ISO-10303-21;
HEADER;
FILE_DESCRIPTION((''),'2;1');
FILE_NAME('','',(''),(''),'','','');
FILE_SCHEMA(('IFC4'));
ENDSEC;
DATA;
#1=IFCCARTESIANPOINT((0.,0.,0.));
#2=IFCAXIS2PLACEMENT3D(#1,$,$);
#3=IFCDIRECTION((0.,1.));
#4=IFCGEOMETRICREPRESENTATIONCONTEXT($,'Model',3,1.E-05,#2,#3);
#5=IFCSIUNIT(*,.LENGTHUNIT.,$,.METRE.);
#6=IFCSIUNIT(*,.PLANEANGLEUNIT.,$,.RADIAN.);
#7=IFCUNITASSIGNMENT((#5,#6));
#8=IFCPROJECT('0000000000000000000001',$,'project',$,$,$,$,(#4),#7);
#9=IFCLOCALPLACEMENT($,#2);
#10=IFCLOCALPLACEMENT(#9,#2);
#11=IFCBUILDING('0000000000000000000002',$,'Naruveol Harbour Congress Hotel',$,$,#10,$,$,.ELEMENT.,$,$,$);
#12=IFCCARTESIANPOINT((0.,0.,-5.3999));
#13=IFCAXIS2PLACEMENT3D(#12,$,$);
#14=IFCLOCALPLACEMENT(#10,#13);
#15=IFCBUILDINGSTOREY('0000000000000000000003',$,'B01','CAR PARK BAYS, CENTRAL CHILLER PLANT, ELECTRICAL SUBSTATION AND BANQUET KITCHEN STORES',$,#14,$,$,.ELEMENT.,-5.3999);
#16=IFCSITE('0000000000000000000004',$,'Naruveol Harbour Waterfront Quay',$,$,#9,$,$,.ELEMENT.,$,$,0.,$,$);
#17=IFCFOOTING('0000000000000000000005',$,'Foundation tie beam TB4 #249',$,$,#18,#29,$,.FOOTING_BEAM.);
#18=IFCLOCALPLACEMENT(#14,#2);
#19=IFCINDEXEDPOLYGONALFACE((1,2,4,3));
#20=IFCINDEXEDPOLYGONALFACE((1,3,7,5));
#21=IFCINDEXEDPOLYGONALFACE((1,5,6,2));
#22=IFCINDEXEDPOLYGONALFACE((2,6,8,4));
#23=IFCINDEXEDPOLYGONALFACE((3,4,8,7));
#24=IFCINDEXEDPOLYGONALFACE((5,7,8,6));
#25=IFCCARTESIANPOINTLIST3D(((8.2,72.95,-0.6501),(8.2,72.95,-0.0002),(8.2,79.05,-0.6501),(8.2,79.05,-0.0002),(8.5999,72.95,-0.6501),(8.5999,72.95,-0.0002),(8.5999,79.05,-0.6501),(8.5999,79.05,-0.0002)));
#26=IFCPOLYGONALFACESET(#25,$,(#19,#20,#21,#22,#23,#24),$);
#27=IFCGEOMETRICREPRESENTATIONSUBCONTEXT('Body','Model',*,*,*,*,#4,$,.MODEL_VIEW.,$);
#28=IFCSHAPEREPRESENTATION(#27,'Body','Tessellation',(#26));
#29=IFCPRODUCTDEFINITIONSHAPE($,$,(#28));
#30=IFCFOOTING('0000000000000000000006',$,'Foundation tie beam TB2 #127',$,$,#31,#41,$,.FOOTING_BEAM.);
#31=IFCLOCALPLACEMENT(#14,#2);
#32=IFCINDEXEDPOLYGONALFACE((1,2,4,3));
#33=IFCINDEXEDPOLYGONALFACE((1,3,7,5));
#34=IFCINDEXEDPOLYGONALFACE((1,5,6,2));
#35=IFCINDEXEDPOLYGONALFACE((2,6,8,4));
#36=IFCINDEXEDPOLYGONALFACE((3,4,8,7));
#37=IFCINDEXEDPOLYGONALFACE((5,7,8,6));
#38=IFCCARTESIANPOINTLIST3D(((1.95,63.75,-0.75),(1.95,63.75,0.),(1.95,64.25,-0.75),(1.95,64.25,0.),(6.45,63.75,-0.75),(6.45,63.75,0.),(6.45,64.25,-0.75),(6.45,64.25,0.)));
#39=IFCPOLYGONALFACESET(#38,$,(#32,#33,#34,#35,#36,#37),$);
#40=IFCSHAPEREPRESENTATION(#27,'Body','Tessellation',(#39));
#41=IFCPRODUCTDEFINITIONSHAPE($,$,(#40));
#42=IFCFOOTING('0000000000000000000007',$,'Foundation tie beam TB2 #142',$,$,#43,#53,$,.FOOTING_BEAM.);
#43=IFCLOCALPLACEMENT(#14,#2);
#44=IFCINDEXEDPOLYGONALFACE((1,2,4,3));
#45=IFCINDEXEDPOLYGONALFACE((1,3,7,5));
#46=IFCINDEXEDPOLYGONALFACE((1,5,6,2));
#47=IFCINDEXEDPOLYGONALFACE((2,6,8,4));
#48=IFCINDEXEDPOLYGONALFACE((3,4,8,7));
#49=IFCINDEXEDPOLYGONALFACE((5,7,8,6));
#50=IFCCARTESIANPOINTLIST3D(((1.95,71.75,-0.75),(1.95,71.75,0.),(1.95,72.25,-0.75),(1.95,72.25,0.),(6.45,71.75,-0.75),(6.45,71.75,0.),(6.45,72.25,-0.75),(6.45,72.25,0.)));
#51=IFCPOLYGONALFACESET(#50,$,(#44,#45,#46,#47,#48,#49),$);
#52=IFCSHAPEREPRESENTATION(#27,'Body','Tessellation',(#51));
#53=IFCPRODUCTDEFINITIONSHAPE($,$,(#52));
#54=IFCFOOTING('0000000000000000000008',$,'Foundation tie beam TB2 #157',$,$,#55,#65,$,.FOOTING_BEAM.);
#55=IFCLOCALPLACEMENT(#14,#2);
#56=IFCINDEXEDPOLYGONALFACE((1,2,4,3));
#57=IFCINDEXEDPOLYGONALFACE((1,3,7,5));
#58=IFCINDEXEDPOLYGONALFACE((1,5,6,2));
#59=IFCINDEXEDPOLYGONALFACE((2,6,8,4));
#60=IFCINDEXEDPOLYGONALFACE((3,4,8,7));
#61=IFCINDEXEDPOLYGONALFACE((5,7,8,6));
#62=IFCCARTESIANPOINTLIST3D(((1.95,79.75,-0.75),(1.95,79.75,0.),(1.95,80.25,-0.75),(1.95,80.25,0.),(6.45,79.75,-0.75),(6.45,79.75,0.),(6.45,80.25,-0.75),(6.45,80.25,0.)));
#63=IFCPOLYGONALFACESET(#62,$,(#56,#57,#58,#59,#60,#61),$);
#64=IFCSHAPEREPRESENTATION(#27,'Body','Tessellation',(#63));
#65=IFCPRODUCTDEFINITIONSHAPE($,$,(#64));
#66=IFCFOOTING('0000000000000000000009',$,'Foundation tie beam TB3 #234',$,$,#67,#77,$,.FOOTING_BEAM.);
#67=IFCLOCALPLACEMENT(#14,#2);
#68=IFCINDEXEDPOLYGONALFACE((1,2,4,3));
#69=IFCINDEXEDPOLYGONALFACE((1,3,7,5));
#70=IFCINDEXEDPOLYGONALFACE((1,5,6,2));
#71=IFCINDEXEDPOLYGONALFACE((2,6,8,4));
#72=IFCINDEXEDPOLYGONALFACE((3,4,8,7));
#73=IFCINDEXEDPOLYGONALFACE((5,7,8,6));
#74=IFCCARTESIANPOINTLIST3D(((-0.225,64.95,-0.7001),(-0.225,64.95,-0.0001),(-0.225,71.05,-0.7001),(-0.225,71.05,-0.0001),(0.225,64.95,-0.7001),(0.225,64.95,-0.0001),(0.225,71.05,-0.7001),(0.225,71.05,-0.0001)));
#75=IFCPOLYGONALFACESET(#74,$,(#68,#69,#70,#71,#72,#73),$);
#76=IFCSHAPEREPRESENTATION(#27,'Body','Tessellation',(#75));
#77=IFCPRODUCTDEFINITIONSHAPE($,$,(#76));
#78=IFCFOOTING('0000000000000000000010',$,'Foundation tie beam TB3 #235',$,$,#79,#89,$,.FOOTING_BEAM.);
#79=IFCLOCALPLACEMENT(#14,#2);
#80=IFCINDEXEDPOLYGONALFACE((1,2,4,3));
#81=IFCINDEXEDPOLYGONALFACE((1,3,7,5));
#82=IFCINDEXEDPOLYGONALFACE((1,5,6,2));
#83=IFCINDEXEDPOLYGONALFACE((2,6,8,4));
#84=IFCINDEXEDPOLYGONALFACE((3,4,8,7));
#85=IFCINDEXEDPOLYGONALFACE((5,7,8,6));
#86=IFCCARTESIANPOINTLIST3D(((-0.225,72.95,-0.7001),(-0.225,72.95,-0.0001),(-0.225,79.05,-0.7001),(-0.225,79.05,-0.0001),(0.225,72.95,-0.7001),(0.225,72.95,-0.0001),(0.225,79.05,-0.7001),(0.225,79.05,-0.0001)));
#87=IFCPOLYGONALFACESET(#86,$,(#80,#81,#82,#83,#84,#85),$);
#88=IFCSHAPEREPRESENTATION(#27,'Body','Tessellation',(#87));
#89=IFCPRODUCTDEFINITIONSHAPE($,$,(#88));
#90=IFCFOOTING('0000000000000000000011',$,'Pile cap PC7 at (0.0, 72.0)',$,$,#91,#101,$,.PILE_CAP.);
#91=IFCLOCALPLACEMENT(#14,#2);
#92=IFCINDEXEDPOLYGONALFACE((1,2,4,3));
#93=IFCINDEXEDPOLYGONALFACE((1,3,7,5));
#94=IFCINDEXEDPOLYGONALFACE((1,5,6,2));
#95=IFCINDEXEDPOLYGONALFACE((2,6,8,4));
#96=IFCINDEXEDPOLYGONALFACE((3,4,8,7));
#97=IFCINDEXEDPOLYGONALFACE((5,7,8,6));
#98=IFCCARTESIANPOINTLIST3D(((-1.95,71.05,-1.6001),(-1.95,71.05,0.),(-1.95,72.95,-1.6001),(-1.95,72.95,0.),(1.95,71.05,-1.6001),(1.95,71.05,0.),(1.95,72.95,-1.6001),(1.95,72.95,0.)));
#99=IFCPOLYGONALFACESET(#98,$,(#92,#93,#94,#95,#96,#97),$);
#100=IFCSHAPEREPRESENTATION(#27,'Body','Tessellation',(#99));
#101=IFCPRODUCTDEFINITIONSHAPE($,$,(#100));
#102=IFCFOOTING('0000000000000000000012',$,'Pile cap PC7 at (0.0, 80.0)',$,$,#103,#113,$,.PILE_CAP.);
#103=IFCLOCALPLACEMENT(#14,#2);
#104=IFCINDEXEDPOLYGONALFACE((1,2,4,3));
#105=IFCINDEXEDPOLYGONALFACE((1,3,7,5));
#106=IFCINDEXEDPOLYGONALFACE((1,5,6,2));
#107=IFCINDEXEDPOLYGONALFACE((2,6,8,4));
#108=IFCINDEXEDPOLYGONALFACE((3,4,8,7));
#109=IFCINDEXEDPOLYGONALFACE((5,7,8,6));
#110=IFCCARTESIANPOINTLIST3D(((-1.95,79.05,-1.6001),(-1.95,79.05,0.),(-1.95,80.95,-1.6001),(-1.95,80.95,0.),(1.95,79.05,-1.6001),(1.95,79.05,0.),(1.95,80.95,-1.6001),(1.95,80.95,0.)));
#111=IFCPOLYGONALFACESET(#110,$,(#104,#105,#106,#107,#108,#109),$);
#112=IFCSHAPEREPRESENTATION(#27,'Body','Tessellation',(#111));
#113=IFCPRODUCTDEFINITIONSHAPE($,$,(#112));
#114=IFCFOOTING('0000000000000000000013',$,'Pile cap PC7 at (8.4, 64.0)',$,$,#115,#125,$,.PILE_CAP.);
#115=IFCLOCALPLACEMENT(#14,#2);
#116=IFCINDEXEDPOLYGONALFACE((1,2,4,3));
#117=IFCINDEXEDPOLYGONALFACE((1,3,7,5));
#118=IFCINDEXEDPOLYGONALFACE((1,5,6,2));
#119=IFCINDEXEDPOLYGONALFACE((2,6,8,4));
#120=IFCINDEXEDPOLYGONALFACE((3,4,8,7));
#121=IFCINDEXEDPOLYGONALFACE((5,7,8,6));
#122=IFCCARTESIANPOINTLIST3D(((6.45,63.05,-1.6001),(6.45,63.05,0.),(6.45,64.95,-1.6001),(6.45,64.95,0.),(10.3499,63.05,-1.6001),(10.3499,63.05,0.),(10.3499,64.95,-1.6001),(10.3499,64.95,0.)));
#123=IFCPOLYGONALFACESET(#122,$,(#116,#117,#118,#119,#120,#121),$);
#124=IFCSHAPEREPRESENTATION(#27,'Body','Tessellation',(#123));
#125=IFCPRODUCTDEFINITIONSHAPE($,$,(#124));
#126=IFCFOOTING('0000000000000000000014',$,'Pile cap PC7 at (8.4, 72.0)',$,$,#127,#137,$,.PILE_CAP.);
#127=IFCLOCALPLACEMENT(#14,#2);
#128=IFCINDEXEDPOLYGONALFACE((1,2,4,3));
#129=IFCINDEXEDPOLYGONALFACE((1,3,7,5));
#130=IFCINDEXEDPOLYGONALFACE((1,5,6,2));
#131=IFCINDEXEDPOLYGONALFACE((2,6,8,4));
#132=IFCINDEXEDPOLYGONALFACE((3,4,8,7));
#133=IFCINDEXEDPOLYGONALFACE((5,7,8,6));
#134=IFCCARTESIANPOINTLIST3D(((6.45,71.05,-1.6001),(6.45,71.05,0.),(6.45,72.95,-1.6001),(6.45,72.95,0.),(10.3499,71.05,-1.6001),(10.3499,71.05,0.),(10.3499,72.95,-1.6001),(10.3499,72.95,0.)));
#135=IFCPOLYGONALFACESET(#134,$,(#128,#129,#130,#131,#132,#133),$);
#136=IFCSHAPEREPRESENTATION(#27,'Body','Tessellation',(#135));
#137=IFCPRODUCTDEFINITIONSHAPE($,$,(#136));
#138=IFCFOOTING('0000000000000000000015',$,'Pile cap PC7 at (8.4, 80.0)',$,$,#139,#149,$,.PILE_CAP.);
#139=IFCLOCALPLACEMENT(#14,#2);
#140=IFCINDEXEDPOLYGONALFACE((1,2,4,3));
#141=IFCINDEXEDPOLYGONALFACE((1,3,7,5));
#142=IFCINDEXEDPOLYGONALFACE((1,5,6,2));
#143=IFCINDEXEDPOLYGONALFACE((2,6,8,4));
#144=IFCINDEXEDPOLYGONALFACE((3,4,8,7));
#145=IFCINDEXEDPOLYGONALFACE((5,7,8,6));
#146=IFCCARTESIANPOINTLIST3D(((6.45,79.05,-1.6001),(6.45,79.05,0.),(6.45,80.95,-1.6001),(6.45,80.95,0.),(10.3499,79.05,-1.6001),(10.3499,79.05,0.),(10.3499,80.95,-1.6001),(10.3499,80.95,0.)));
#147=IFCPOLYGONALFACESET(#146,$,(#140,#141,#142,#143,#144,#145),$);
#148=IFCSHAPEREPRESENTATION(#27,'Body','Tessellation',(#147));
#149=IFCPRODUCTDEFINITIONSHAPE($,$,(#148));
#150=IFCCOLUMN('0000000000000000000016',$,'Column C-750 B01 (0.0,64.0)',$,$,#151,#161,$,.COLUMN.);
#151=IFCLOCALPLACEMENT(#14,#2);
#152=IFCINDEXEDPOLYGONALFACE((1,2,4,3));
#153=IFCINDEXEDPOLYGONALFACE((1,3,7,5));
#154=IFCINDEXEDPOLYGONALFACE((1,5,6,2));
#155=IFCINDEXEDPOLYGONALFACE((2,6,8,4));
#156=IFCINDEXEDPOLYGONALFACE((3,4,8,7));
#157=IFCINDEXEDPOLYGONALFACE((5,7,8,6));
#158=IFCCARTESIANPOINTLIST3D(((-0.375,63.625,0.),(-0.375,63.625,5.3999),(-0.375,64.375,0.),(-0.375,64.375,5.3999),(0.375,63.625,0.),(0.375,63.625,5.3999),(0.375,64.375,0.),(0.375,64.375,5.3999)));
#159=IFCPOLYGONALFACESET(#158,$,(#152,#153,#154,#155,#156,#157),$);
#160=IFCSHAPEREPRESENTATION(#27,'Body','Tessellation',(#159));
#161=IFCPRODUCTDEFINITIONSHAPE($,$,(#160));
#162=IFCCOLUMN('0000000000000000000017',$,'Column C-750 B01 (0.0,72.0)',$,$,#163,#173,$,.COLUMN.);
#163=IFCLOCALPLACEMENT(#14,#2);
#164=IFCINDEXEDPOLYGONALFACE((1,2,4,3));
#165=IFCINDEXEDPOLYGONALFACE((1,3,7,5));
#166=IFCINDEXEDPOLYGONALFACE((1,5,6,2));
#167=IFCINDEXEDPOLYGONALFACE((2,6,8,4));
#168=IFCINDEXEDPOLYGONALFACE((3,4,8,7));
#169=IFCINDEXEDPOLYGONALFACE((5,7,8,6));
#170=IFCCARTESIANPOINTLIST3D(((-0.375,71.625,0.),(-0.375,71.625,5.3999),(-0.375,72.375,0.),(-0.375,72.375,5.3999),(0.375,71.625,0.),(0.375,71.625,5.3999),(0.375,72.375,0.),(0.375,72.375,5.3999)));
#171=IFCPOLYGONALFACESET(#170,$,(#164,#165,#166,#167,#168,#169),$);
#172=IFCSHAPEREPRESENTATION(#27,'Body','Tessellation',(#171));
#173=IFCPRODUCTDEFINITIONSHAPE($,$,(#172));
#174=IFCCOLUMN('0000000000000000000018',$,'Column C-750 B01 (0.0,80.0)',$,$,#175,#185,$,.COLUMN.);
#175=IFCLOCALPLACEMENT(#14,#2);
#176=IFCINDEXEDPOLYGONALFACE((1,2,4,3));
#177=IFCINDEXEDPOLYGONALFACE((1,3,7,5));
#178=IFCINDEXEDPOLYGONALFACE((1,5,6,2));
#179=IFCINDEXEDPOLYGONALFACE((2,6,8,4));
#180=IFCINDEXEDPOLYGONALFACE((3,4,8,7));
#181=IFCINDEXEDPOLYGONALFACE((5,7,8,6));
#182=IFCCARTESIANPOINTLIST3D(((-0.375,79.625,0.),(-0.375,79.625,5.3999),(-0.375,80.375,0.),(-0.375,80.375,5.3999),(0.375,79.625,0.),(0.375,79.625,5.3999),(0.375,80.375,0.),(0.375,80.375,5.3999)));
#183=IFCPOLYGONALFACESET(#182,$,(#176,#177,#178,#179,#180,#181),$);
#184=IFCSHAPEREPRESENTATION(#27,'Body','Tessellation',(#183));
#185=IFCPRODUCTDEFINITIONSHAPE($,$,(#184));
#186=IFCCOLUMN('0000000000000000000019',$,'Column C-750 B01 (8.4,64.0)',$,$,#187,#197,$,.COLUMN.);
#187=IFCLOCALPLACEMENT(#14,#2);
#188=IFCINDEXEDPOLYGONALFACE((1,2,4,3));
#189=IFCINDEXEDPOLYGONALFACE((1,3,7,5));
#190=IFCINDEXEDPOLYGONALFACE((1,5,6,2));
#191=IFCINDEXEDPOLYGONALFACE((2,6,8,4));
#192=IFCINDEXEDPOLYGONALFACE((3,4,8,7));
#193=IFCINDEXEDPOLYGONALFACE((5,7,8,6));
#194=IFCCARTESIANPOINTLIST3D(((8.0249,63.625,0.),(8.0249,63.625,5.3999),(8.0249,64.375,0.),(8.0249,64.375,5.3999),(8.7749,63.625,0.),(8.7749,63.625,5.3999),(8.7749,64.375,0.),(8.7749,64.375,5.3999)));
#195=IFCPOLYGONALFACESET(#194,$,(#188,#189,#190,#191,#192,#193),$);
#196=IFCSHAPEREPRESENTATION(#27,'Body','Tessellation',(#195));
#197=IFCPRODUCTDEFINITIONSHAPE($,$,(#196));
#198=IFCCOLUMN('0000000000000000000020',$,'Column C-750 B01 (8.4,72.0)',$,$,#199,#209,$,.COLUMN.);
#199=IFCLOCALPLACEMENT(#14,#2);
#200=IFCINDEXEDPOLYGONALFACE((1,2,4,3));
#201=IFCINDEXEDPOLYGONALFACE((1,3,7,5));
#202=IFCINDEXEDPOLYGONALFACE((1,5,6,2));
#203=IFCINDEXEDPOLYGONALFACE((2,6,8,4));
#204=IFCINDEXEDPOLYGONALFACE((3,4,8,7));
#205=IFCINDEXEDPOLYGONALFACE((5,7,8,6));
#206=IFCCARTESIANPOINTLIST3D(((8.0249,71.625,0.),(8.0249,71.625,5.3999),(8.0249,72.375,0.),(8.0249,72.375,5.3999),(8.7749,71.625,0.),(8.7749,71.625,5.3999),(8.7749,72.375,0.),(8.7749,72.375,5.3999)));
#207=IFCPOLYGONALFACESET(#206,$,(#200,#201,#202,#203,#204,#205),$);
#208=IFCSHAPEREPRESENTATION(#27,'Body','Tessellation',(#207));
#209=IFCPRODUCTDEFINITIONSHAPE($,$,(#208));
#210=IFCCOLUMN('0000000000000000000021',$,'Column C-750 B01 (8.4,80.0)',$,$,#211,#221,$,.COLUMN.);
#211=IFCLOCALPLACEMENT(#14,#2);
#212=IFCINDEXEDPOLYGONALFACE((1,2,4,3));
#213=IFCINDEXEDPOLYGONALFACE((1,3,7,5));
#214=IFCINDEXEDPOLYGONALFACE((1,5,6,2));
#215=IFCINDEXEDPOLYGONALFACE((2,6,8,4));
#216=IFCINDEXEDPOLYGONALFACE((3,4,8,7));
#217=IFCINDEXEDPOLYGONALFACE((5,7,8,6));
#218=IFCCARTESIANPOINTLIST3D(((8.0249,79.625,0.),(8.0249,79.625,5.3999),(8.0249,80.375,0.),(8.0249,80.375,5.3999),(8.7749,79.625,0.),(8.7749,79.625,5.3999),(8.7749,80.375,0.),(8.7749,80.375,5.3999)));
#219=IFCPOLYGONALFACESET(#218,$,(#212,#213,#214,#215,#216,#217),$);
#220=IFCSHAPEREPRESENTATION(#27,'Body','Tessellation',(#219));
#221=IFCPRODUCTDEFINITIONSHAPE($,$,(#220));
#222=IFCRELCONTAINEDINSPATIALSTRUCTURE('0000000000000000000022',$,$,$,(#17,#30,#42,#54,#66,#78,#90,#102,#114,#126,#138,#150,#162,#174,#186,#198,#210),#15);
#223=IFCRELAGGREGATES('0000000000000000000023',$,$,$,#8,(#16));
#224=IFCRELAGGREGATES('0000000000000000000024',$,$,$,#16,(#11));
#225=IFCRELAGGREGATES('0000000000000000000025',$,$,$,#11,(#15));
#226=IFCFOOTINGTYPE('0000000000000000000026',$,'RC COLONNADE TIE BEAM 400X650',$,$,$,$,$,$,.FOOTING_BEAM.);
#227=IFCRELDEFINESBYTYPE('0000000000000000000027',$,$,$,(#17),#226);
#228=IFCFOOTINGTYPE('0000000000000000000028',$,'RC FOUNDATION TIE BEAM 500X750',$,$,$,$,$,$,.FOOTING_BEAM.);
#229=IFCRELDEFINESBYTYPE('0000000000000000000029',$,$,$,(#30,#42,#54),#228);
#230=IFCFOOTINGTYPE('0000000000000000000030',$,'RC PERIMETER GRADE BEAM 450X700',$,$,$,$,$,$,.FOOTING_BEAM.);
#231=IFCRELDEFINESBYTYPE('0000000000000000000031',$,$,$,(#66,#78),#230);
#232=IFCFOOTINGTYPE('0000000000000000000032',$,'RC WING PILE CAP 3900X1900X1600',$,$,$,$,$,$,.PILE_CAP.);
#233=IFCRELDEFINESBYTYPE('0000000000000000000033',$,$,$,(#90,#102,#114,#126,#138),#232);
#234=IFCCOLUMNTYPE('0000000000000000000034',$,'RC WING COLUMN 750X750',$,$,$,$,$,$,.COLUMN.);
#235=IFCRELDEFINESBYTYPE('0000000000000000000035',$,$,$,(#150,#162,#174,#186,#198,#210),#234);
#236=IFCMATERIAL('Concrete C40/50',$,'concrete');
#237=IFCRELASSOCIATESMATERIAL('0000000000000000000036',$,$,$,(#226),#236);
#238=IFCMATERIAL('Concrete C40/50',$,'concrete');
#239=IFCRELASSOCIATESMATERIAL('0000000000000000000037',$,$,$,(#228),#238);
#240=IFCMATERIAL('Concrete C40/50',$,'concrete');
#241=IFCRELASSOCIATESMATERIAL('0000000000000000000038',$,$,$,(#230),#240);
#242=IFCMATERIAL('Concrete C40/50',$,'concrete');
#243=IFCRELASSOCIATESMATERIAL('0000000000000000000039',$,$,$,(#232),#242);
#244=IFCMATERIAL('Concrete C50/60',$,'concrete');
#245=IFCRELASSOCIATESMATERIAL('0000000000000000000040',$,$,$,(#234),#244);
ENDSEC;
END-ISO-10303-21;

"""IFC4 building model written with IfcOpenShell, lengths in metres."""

from ifc_helpers import new_model, si_unit, direction, frame, origin, origin_2d, place, context, subcontext, project, spatial, rectangle, extrude, material, material_profile, profile_set, type_object, element, save


model = new_model("IFC4")

# Units and contexts
model_context = context("Model", 3, precision=1e-05, world=origin(), true_north=direction((0.0, 1.0)))
body_context = subcontext(model_context, "Body", "Model", "MODEL_VIEW")
ifc_project = project(units=[si_unit("LENGTHUNIT", "METRE"), si_unit("PLANEANGLEUNIT", "RADIAN")], contexts=[model_context])

# Site, building, storey
site_placement = place(None, origin())
site = spatial("IfcSite", under=ifc_project, at=site_placement, Name="Naruveol Harbour Waterfront Quay", CompositionType="ELEMENT", RefElevation=0.0)
building_placement = place(site_placement, origin())
building = spatial("IfcBuilding", under=site, at=building_placement, Name="Naruveol Harbour Congress Hotel", CompositionType="ELEMENT")
storey_placement = place(building_placement, frame((0.0, 0.0, -5.3999)))
storey = spatial("IfcBuildingStorey", under=building, at=storey_placement, Name="B01", Description="CAR PARK BAYS, CENTRAL CHILLER PLANT, ELECTRICAL SUBSTATION AND BANQUET KITCHEN STORES", CompositionType="ELEMENT", Elevation=-5.3999)

# Footings
ifc_material_1 = material(Name="Concrete C40/50", Category="concrete")
ifc_material_profile_1 = material_profile(ifc_material_1, rectangle(XDim=0.3999, YDim=0.6499, at=origin_2d()), Name="RCB-400x650")
ifc_profile_set_1 = profile_set([ifc_material_profile_1], Name="Concrete C40/50")
footing_type_1 = type_object("IfcFootingType", Name="RC COLONNADE TIE BEAM 400X650", PredefinedType="FOOTING_BEAM", material=ifc_profile_set_1)
for number, where, z_axis, x_axis, name in (
    (1, (8.3999, 72.95, -0.3252), (0.0, 1.0, 0.0), (-1.0, 0.0, 0.0), "Foundation tie beam TB4 #249"),
):
    element("IfcFooting", number, at=place(storey_placement, frame(where, z_axis=z_axis, x_axis=x_axis)), inside=storey, type_object=footing_type_1, Name=name, PredefinedType="FOOTING_BEAM", context=body_context, shape_type="SweptSolid", body=[
        extrude(rectangle(XDim=0.3999, YDim=0.6499, at=origin_2d()), origin(), (0.0, 0.0, 1.0), 6.1001),
    ])
ifc_material_2 = material(Name="Concrete C40/50", Category="concrete")
ifc_material_profile_2 = material_profile(ifc_material_2, rectangle(XDim=0.5, YDim=0.75, at=origin_2d()), Name="RCB-500x750")
ifc_profile_set_2 = profile_set([ifc_material_profile_2], Name="Concrete C40/50")
footing_type_2 = type_object("IfcFootingType", Name="RC FOUNDATION TIE BEAM 500X750", PredefinedType="FOOTING_BEAM", material=ifc_profile_set_2)
for number, where, z_axis, x_axis, name in (
    (2, (1.95, 64.0, -0.375), (1.0, 0.0, 0.0), (0.0, 1.0, 0.0), "Foundation tie beam TB2 #127"),
    (3, (1.95, 72.0, -0.375), (1.0, 0.0, 0.0), (0.0, 1.0, 0.0), "Foundation tie beam TB2 #142"),
    (4, (1.95, 80.0, -0.375), (1.0, 0.0, 0.0), (0.0, 1.0, 0.0), "Foundation tie beam TB2 #157"),
):
    element("IfcFooting", number, at=place(storey_placement, frame(where, z_axis=z_axis, x_axis=x_axis)), inside=storey, type_object=footing_type_2, Name=name, PredefinedType="FOOTING_BEAM", context=body_context, shape_type="SweptSolid", body=[
        extrude(rectangle(XDim=0.5, YDim=0.75, at=origin_2d()), origin(), (0.0, 0.0, 1.0), 4.5),
    ])
ifc_material_3 = material(Name="Concrete C40/50", Category="concrete")
ifc_material_profile_3 = material_profile(ifc_material_3, rectangle(XDim=0.45, YDim=0.7, at=origin_2d()), Name="RCB-450x700")
ifc_profile_set_3 = profile_set([ifc_material_profile_3], Name="Concrete C40/50")
footing_type_3 = type_object("IfcFootingType", Name="RC PERIMETER GRADE BEAM 450X700", PredefinedType="FOOTING_BEAM", material=ifc_profile_set_3)
for number, where, z_axis, x_axis, name in (
    (5, (0.0, 64.95, -0.3501), (0.0, 1.0, 0.0), (-1.0, 0.0, 0.0), "Foundation tie beam TB3 #234"),
    (6, (0.0, 72.95, -0.3501), (0.0, 1.0, 0.0), (-1.0, 0.0, 0.0), "Foundation tie beam TB3 #235"),
):
    element("IfcFooting", number, at=place(storey_placement, frame(where, z_axis=z_axis, x_axis=x_axis)), inside=storey, type_object=footing_type_3, Name=name, PredefinedType="FOOTING_BEAM", context=body_context, shape_type="SweptSolid", body=[
        extrude(rectangle(XDim=0.45, YDim=0.7, at=origin_2d()), origin(), (0.0, 0.0, 1.0), 6.1001),
    ])
ifc_material_4 = material(Name="Concrete C40/50", Category="concrete")
footing_type_4 = type_object("IfcFootingType", Name="RC WING PILE CAP 3900X1900X1600", PredefinedType="PILE_CAP", material=ifc_material_4)
for number, where, z_axis, x_axis, name in (
    (7, (0.0, 72.0, -1.6001), (0.0, 0.0, 1.0), (1.0, 0.0, 0.0), "Pile cap PC7 at (0.0, 72.0)"),
    (8, (0.0, 80.0, -1.6001), (0.0, 0.0, 1.0), (1.0, 0.0, 0.0), "Pile cap PC7 at (0.0, 80.0)"),
    (9, (8.3999, 64.0, -1.6001), (0.0, 0.0, 1.0), (1.0, 0.0, 0.0), "Pile cap PC7 at (8.4, 64.0)"),
    (10, (8.3999, 72.0, -1.6001), (0.0, 0.0, 1.0), (1.0, 0.0, 0.0), "Pile cap PC7 at (8.4, 72.0)"),
    (11, (8.3999, 80.0, -1.6001), (0.0, 0.0, 1.0), (1.0, 0.0, 0.0), "Pile cap PC7 at (8.4, 80.0)"),
):
    element("IfcFooting", number, at=place(storey_placement, frame(where, z_axis=z_axis, x_axis=x_axis)), inside=storey, type_object=footing_type_4, Name=name, PredefinedType="PILE_CAP", context=body_context, shape_type="SweptSolid", body=[
        extrude(rectangle(XDim=3.8999, YDim=1.8999, at=origin_2d()), origin(), (0.0, 0.0, 1.0), 1.6001),
    ])

# Columns
ifc_material_5 = material(Name="Concrete C50/60", Category="concrete")
ifc_material_profile_4 = material_profile(ifc_material_5, rectangle(XDim=0.75, YDim=0.75, at=origin_2d()), Name="RC-750x750")
ifc_profile_set_4 = profile_set([ifc_material_profile_4], Name="Concrete C50/60")
column_type = type_object("IfcColumnType", Name="RC WING COLUMN 750X750", PredefinedType="COLUMN", material=ifc_profile_set_4)
for number, where, z_axis, x_axis, name in (
    (12, (0.0, 64.0, 0.0), (0.0, 0.0, 1.0), (1.0, 0.0, 0.0), "Column C-750 B01 (0.0,64.0)"),
    (13, (0.0, 72.0, 0.0), (0.0, 0.0, 1.0), (1.0, 0.0, 0.0), "Column C-750 B01 (0.0,72.0)"),
    (14, (0.0, 80.0, 0.0), (0.0, 0.0, 1.0), (1.0, 0.0, 0.0), "Column C-750 B01 (0.0,80.0)"),
    (15, (8.3999, 64.0, 0.0), (0.0, 0.0, 1.0), (1.0, 0.0, 0.0), "Column C-750 B01 (8.4,64.0)"),
    (16, (8.3999, 72.0, 0.0), (0.0, 0.0, 1.0), (1.0, 0.0, 0.0), "Column C-750 B01 (8.4,72.0)"),
    (17, (8.3999, 80.0, 0.0), (0.0, 0.0, 1.0), (1.0, 0.0, 0.0), "Column C-750 B01 (8.4,80.0)"),
):
    element("IfcColumn", number, at=place(storey_placement, frame(where, z_axis=z_axis, x_axis=x_axis)), inside=storey, type_object=column_type, Name=name, PredefinedType="COLUMN", context=body_context, shape_type="SweptSolid", body=[
        extrude(rectangle(XDim=0.75, YDim=0.75, at=origin_2d()), origin(), (0.0, 0.0, 1.0), 5.3999),
    ])

save(model, "model.ifc")
